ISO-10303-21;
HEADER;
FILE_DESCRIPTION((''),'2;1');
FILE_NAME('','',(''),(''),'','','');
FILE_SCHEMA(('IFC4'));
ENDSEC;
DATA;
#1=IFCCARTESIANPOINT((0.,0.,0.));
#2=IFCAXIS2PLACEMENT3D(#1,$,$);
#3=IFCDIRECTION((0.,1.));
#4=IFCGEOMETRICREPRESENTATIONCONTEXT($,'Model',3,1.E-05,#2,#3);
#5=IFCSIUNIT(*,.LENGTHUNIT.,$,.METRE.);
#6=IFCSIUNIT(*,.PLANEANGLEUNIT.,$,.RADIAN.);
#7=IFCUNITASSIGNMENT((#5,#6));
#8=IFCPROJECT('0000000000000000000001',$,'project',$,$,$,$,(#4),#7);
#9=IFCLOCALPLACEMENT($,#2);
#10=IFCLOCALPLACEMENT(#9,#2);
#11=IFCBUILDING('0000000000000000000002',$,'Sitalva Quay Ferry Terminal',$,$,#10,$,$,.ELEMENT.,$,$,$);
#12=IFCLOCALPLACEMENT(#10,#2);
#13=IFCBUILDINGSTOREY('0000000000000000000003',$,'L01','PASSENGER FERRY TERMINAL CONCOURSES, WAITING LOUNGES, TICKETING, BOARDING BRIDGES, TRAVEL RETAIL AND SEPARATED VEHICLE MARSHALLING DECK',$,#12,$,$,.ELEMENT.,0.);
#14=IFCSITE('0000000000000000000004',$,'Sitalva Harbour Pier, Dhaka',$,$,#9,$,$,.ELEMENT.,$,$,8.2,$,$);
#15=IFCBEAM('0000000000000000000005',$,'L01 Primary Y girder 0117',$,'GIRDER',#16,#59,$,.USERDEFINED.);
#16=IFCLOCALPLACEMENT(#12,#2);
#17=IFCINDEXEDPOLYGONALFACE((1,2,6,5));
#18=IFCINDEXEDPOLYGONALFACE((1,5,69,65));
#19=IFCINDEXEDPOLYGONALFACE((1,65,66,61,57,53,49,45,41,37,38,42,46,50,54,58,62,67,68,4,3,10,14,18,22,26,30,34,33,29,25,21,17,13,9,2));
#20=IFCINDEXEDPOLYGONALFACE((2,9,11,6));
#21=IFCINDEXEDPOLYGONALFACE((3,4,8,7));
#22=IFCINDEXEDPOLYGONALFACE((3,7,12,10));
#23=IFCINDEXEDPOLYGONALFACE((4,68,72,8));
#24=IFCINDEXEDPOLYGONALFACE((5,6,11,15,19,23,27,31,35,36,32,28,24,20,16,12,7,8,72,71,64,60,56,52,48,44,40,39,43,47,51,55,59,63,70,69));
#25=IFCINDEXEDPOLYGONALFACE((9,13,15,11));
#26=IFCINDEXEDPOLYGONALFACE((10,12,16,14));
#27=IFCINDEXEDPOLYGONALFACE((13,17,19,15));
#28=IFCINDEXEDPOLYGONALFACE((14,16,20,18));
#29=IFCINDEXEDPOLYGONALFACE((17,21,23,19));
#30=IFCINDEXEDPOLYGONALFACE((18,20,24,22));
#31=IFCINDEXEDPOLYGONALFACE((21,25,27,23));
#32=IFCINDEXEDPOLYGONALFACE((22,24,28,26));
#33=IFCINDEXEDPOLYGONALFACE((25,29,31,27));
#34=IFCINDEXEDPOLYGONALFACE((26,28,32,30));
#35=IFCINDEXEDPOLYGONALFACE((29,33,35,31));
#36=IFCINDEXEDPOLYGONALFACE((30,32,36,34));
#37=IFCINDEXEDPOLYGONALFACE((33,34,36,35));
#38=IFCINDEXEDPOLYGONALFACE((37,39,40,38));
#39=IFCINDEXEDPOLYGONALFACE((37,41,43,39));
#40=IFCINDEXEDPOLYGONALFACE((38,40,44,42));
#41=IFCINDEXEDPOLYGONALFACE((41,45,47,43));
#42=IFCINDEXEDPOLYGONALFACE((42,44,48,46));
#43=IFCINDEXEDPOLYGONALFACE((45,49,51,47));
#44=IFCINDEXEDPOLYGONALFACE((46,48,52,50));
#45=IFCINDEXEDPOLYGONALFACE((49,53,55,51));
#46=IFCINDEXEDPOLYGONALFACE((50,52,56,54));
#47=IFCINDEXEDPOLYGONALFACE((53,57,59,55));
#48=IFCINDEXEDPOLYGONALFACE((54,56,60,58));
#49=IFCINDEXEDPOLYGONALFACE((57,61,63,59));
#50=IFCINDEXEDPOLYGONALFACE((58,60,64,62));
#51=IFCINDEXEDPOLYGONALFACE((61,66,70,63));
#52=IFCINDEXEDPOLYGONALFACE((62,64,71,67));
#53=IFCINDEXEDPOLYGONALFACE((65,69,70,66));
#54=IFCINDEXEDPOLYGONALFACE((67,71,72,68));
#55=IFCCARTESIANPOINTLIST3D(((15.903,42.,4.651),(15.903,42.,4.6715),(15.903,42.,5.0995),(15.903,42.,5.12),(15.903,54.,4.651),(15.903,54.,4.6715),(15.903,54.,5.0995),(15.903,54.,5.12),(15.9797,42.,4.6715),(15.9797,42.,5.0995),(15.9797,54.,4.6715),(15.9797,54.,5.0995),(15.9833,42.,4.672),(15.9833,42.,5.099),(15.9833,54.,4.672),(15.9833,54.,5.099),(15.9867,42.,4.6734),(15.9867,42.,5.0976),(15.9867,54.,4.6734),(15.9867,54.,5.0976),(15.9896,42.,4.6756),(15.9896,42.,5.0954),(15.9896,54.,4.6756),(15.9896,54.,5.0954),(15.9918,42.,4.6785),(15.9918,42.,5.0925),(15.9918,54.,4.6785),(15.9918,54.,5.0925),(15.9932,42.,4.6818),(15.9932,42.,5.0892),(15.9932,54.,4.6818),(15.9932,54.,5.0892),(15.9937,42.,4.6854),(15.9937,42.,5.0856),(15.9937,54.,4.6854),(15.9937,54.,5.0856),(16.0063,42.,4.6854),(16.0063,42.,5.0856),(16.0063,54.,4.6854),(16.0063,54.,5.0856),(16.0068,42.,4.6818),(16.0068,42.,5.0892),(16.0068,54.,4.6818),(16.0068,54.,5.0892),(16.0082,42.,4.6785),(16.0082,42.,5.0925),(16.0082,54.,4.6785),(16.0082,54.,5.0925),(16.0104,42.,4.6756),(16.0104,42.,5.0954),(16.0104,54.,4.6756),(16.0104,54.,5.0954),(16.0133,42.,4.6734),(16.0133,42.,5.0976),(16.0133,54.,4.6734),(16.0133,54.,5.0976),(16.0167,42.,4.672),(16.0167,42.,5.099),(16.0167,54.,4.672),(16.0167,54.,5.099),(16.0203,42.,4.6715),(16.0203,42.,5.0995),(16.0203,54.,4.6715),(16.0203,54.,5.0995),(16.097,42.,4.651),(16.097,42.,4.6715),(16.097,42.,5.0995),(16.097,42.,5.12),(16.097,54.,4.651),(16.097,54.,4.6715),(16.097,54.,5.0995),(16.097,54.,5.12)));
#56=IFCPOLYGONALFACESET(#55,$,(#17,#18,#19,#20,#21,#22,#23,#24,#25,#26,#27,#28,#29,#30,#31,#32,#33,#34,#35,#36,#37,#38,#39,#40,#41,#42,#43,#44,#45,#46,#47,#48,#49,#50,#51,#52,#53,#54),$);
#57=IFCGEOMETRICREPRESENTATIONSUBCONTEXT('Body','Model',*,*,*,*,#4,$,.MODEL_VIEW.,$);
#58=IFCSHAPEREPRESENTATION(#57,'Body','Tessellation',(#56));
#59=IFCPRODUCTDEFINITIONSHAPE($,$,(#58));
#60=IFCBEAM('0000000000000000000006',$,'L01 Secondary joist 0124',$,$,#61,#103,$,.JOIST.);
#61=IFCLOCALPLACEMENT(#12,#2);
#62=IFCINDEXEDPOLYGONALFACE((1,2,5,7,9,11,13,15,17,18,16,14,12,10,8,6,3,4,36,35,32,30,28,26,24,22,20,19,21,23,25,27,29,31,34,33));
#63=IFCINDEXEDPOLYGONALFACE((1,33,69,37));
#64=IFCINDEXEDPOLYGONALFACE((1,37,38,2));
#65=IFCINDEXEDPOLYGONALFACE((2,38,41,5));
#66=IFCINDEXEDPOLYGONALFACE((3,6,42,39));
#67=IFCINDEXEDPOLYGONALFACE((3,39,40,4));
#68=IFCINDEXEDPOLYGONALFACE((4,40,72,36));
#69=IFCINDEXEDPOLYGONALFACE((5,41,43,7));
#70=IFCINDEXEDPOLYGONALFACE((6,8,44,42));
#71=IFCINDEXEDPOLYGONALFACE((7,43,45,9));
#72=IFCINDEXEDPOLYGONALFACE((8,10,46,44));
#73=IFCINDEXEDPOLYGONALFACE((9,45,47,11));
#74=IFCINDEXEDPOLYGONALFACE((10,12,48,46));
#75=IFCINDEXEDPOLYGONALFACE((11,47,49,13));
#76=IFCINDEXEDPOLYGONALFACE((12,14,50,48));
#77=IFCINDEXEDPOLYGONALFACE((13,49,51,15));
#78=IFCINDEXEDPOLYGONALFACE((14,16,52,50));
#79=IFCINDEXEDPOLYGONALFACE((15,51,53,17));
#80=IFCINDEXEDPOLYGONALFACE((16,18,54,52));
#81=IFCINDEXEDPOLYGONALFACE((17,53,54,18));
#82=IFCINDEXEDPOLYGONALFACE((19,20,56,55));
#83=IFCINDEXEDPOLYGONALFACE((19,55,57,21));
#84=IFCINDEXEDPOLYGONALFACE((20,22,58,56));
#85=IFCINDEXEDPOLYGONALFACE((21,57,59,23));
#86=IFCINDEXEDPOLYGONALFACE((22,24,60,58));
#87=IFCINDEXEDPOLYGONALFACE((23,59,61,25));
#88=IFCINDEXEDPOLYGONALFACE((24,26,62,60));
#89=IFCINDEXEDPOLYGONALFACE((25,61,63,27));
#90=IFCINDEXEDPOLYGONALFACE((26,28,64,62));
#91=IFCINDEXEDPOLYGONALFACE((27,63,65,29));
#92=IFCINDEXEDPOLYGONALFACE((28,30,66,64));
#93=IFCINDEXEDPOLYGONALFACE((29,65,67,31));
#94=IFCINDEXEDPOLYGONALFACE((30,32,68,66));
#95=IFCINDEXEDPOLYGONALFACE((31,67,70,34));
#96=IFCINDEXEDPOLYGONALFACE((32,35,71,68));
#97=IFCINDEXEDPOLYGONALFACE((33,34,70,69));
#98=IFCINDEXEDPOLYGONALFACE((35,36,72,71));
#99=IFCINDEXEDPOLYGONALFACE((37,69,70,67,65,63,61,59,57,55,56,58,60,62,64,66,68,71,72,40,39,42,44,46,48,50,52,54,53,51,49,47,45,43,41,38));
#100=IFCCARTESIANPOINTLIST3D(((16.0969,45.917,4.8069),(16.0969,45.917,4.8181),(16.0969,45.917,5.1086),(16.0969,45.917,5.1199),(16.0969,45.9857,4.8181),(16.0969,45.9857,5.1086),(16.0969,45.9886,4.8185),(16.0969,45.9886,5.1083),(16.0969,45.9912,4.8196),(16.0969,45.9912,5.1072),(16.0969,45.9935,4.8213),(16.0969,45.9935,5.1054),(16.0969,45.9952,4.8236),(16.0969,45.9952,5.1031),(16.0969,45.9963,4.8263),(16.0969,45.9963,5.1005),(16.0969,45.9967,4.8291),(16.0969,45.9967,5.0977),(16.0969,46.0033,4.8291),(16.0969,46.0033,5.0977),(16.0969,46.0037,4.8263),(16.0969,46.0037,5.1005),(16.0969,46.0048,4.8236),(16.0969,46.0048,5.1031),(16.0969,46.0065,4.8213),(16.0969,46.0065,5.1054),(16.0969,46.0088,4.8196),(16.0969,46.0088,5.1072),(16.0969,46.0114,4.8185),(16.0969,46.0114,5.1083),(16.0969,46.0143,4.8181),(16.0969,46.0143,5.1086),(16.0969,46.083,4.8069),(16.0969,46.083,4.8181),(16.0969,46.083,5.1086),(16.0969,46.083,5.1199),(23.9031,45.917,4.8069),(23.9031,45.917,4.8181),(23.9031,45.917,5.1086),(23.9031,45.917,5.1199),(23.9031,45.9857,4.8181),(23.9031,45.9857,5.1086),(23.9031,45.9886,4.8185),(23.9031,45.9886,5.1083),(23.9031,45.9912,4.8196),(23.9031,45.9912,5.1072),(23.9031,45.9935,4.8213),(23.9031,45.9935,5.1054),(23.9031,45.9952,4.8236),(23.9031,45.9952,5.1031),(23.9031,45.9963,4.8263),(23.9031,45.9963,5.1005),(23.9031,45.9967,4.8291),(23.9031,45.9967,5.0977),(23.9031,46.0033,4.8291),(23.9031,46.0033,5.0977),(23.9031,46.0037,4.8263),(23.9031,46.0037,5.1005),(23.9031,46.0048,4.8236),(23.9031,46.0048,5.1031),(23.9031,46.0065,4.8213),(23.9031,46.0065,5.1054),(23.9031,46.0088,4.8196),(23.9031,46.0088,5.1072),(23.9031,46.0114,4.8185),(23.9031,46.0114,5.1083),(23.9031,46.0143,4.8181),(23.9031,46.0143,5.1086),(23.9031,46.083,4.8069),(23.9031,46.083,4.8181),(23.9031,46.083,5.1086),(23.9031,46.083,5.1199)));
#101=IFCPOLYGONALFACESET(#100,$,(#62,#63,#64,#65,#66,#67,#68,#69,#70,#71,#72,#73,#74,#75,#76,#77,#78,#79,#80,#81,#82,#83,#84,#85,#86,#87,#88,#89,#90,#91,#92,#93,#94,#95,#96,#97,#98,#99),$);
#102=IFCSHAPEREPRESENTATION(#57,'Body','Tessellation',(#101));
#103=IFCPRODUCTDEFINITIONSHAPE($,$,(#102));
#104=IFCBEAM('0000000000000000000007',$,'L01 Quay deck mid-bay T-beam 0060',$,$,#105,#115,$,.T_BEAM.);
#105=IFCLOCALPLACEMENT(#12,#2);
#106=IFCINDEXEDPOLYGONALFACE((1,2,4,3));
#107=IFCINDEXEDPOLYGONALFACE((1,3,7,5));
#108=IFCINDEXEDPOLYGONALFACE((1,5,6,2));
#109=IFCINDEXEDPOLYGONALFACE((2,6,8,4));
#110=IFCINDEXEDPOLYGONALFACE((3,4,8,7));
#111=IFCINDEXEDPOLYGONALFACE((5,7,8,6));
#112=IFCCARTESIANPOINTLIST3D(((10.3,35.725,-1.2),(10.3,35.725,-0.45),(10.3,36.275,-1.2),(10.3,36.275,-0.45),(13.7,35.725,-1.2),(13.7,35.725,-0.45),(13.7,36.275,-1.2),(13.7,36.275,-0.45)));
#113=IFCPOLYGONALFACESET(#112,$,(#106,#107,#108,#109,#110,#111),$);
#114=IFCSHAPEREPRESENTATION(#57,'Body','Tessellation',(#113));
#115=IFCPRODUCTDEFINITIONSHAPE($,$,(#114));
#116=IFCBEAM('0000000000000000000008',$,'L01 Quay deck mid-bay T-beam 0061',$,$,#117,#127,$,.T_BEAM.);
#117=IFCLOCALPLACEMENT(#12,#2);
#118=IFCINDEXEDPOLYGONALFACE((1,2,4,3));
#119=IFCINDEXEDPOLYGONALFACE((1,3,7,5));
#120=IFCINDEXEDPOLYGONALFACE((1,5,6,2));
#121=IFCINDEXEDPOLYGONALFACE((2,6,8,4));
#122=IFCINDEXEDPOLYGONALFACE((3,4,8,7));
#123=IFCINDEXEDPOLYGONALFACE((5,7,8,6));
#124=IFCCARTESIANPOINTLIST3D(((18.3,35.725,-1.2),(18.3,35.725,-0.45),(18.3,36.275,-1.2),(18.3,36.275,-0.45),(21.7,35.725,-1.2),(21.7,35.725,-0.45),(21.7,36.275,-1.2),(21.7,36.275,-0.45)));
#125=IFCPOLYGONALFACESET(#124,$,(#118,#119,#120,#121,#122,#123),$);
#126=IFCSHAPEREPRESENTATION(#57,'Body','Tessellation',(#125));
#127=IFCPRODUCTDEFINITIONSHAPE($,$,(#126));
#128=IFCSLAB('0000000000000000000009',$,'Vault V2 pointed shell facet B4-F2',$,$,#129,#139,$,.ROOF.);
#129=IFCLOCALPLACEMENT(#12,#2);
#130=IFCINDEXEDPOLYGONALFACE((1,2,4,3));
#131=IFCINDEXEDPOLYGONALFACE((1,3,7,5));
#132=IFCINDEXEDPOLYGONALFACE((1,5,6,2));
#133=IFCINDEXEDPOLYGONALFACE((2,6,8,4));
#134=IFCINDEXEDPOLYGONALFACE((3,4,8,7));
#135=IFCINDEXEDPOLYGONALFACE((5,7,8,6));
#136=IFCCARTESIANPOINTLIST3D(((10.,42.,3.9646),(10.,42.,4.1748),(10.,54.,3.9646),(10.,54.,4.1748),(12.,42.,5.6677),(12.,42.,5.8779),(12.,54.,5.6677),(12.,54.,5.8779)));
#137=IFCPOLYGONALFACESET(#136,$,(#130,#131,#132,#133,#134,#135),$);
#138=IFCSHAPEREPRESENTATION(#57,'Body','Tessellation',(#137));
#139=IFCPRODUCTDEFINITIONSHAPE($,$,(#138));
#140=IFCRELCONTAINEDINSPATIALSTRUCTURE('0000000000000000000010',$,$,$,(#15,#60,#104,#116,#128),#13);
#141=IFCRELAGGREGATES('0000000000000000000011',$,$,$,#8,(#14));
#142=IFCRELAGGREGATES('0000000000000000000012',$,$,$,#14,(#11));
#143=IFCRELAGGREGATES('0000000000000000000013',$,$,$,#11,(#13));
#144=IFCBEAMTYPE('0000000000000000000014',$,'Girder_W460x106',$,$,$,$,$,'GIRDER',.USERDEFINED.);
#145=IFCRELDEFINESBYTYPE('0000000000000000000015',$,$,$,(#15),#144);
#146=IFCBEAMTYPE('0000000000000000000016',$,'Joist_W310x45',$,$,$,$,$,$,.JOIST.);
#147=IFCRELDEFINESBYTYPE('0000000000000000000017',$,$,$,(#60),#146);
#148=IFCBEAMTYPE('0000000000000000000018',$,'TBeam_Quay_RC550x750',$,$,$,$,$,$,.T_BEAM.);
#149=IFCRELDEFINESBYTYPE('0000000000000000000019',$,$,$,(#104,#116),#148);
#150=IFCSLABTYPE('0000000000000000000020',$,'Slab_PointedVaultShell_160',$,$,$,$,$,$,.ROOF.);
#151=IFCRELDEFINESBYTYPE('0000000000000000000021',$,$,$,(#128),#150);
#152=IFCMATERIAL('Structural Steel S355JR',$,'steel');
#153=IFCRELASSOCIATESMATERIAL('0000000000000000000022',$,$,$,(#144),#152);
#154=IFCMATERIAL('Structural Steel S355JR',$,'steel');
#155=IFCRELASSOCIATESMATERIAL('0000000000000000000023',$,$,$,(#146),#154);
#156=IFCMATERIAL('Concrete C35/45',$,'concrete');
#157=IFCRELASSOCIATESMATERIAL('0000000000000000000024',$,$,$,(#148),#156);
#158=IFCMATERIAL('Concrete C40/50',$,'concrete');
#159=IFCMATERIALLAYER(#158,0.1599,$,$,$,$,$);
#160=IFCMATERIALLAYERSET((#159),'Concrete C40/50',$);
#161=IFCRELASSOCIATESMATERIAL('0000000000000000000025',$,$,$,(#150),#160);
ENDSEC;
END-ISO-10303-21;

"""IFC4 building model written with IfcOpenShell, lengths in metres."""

from ifc_helpers import new_model, si_unit, direction, frame, origin, origin_2d, place, context, subcontext, project, spatial, polyline, rectangle, i_section, outline, extrude, material, layer, layer_set, material_profile, profile_set, type_object, element, save


model = new_model("IFC4")

# Units and contexts
model_context = context("Model", 3, precision=1e-05, world=origin(), true_north=direction((0.0, 1.0)))
body_context = subcontext(model_context, "Body", "Model", "MODEL_VIEW")
ifc_project = project(units=[si_unit("LENGTHUNIT", "METRE"), si_unit("PLANEANGLEUNIT", "RADIAN")], contexts=[model_context])

# Site, building, storey
site_placement = place(None, origin())
site = spatial("IfcSite", under=ifc_project, at=site_placement, Name="Sitalva Harbour Pier, Dhaka", CompositionType="ELEMENT", RefElevation=8.2)
building_placement = place(site_placement, origin())
building = spatial("IfcBuilding", under=site, at=building_placement, Name="Sitalva Quay Ferry Terminal", CompositionType="ELEMENT")
storey_placement = place(building_placement, origin())
storey = spatial("IfcBuildingStorey", under=building, at=storey_placement, Name="L01", Description="PASSENGER FERRY TERMINAL CONCOURSES, WAITING LOUNGES, TICKETING, BOARDING BRIDGES, TRAVEL RETAIL AND SEPARATED VEHICLE MARSHALLING DECK", CompositionType="ELEMENT", Elevation=0.0)

# Beams
ifc_material_1 = material(Name="Structural Steel S355JR", Category="steel")
ifc_material_profile_1 = material_profile(ifc_material_1, i_section(OverallWidth=0.1941, OverallDepth=0.469, WebThickness=0.0127, FlangeThickness=0.0205, FilletRadius=0.0139, at=origin_2d()), Name="W460x106")
ifc_profile_set_1 = profile_set([ifc_material_profile_1], Name="Structural Steel S355JR")
beam_type_1 = type_object("IfcBeamType", Name="Girder_W460x106", ElementType="GIRDER", PredefinedType="USERDEFINED", material=ifc_profile_set_1)
beam_1_placement = place(storey_placement, frame((16.0, 42.0, 4.8855), z_axis=(0.0, 1.0, 0.0), x_axis=(-1.0, 0.0, 0.0)))
element("IfcBeam", 1, at=beam_1_placement, inside=storey, type_object=beam_type_1, Name="L01 Primary Y girder 0117", ObjectType="GIRDER", PredefinedType="USERDEFINED", context=body_context, shape_type="SweptSolid", body=[
    extrude(i_section(OverallWidth=0.1941, OverallDepth=0.469, WebThickness=0.0127, FlangeThickness=0.0205, FilletRadius=0.0139, at=origin_2d()), origin(), (0.0, 0.0, 1.0), 12.0),
])
ifc_material_2 = material(Name="Structural Steel S355JR", Category="steel")
ifc_material_profile_2 = material_profile(ifc_material_2, i_section(OverallWidth=0.166, OverallDepth=0.313, WebThickness=0.0066, FlangeThickness=0.0112, FilletRadius=0.011, at=origin_2d()), Name="W310x45")
ifc_profile_set_2 = profile_set([ifc_material_profile_2], Name="Structural Steel S355JR")
beam_type_2 = type_object("IfcBeamType", Name="Joist_W310x45", PredefinedType="JOIST", material=ifc_profile_set_2)
beam_2_placement = place(storey_placement, frame((16.0969, 46.0, 4.9634), z_axis=(1.0, 0.0, 0.0), x_axis=(0.0, 1.0, 0.0)))
element("IfcBeam", 2, at=beam_2_placement, inside=storey, type_object=beam_type_2, Name="L01 Secondary joist 0124", PredefinedType="JOIST", context=body_context, shape_type="SweptSolid", body=[
    extrude(i_section(OverallWidth=0.166, OverallDepth=0.313, WebThickness=0.0066, FlangeThickness=0.0112, FilletRadius=0.011, at=origin_2d()), origin(), (0.0, 0.0, 1.0), 7.8062),
])
ifc_material_3 = material(Name="Concrete C35/45", Category="concrete")
ifc_material_profile_3 = material_profile(ifc_material_3, rectangle(XDim=0.55, YDim=0.75, at=origin_2d()), Name="RC550x750")
ifc_profile_set_3 = profile_set([ifc_material_profile_3], Name="Concrete C35/45")
beam_type_3 = type_object("IfcBeamType", Name="TBeam_Quay_RC550x750", PredefinedType="T_BEAM", material=ifc_profile_set_3)
for number, where, z_axis, x_axis, name in (
    (3, (10.3, 36.0, -0.825), (1.0, 0.0, 0.0), (0.0, 1.0, 0.0), "L01 Quay deck mid-bay T-beam 0060"),
    (4, (18.3, 36.0, -0.825), (1.0, 0.0, 0.0), (0.0, 1.0, 0.0), "L01 Quay deck mid-bay T-beam 0061"),
):
    element("IfcBeam", number, at=place(storey_placement, frame(where, z_axis=z_axis, x_axis=x_axis)), inside=storey, type_object=beam_type_3, Name=name, PredefinedType="T_BEAM", context=body_context, shape_type="SweptSolid", body=[
        extrude(rectangle(XDim=0.55, YDim=0.75, at=origin_2d()), origin(), (0.0, 0.0, 1.0), 3.3999),
    ])

# Slab
ifc_material_4 = material(Name="Concrete C40/50", Category="concrete")
ifc_layer = layer(ifc_material_4, 0.1599)
ifc_layer_set = layer_set([ifc_layer], Name="Concrete C40/50")
slab_type = type_object("IfcSlabType", Name="Slab_PointedVaultShell_160", PredefinedType="ROOF", material=ifc_layer_set)
slab_placement = place(storey_placement, frame((10.0, 42.0, 4.1748), z_axis=(-0.648339, 0.0, 0.761352), x_axis=(0.761352, 0.0, 0.648339)))
element("IfcSlab", 5, at=slab_placement, inside=storey, type_object=slab_type, Name="Vault V2 pointed shell facet B4-F2", PredefinedType="ROOF", context=body_context, shape_type="SweptSolid", body=[
    extrude(outline(polyline([(0.0, 0.0), (2.6269, 0.0), (2.6269, 12.0), (0.0, 12.0), (0.0, 0.0)])), origin(), (-0.648339, 0.0, -0.761352), 0.2102),
])

save(model, "model.ifc")
